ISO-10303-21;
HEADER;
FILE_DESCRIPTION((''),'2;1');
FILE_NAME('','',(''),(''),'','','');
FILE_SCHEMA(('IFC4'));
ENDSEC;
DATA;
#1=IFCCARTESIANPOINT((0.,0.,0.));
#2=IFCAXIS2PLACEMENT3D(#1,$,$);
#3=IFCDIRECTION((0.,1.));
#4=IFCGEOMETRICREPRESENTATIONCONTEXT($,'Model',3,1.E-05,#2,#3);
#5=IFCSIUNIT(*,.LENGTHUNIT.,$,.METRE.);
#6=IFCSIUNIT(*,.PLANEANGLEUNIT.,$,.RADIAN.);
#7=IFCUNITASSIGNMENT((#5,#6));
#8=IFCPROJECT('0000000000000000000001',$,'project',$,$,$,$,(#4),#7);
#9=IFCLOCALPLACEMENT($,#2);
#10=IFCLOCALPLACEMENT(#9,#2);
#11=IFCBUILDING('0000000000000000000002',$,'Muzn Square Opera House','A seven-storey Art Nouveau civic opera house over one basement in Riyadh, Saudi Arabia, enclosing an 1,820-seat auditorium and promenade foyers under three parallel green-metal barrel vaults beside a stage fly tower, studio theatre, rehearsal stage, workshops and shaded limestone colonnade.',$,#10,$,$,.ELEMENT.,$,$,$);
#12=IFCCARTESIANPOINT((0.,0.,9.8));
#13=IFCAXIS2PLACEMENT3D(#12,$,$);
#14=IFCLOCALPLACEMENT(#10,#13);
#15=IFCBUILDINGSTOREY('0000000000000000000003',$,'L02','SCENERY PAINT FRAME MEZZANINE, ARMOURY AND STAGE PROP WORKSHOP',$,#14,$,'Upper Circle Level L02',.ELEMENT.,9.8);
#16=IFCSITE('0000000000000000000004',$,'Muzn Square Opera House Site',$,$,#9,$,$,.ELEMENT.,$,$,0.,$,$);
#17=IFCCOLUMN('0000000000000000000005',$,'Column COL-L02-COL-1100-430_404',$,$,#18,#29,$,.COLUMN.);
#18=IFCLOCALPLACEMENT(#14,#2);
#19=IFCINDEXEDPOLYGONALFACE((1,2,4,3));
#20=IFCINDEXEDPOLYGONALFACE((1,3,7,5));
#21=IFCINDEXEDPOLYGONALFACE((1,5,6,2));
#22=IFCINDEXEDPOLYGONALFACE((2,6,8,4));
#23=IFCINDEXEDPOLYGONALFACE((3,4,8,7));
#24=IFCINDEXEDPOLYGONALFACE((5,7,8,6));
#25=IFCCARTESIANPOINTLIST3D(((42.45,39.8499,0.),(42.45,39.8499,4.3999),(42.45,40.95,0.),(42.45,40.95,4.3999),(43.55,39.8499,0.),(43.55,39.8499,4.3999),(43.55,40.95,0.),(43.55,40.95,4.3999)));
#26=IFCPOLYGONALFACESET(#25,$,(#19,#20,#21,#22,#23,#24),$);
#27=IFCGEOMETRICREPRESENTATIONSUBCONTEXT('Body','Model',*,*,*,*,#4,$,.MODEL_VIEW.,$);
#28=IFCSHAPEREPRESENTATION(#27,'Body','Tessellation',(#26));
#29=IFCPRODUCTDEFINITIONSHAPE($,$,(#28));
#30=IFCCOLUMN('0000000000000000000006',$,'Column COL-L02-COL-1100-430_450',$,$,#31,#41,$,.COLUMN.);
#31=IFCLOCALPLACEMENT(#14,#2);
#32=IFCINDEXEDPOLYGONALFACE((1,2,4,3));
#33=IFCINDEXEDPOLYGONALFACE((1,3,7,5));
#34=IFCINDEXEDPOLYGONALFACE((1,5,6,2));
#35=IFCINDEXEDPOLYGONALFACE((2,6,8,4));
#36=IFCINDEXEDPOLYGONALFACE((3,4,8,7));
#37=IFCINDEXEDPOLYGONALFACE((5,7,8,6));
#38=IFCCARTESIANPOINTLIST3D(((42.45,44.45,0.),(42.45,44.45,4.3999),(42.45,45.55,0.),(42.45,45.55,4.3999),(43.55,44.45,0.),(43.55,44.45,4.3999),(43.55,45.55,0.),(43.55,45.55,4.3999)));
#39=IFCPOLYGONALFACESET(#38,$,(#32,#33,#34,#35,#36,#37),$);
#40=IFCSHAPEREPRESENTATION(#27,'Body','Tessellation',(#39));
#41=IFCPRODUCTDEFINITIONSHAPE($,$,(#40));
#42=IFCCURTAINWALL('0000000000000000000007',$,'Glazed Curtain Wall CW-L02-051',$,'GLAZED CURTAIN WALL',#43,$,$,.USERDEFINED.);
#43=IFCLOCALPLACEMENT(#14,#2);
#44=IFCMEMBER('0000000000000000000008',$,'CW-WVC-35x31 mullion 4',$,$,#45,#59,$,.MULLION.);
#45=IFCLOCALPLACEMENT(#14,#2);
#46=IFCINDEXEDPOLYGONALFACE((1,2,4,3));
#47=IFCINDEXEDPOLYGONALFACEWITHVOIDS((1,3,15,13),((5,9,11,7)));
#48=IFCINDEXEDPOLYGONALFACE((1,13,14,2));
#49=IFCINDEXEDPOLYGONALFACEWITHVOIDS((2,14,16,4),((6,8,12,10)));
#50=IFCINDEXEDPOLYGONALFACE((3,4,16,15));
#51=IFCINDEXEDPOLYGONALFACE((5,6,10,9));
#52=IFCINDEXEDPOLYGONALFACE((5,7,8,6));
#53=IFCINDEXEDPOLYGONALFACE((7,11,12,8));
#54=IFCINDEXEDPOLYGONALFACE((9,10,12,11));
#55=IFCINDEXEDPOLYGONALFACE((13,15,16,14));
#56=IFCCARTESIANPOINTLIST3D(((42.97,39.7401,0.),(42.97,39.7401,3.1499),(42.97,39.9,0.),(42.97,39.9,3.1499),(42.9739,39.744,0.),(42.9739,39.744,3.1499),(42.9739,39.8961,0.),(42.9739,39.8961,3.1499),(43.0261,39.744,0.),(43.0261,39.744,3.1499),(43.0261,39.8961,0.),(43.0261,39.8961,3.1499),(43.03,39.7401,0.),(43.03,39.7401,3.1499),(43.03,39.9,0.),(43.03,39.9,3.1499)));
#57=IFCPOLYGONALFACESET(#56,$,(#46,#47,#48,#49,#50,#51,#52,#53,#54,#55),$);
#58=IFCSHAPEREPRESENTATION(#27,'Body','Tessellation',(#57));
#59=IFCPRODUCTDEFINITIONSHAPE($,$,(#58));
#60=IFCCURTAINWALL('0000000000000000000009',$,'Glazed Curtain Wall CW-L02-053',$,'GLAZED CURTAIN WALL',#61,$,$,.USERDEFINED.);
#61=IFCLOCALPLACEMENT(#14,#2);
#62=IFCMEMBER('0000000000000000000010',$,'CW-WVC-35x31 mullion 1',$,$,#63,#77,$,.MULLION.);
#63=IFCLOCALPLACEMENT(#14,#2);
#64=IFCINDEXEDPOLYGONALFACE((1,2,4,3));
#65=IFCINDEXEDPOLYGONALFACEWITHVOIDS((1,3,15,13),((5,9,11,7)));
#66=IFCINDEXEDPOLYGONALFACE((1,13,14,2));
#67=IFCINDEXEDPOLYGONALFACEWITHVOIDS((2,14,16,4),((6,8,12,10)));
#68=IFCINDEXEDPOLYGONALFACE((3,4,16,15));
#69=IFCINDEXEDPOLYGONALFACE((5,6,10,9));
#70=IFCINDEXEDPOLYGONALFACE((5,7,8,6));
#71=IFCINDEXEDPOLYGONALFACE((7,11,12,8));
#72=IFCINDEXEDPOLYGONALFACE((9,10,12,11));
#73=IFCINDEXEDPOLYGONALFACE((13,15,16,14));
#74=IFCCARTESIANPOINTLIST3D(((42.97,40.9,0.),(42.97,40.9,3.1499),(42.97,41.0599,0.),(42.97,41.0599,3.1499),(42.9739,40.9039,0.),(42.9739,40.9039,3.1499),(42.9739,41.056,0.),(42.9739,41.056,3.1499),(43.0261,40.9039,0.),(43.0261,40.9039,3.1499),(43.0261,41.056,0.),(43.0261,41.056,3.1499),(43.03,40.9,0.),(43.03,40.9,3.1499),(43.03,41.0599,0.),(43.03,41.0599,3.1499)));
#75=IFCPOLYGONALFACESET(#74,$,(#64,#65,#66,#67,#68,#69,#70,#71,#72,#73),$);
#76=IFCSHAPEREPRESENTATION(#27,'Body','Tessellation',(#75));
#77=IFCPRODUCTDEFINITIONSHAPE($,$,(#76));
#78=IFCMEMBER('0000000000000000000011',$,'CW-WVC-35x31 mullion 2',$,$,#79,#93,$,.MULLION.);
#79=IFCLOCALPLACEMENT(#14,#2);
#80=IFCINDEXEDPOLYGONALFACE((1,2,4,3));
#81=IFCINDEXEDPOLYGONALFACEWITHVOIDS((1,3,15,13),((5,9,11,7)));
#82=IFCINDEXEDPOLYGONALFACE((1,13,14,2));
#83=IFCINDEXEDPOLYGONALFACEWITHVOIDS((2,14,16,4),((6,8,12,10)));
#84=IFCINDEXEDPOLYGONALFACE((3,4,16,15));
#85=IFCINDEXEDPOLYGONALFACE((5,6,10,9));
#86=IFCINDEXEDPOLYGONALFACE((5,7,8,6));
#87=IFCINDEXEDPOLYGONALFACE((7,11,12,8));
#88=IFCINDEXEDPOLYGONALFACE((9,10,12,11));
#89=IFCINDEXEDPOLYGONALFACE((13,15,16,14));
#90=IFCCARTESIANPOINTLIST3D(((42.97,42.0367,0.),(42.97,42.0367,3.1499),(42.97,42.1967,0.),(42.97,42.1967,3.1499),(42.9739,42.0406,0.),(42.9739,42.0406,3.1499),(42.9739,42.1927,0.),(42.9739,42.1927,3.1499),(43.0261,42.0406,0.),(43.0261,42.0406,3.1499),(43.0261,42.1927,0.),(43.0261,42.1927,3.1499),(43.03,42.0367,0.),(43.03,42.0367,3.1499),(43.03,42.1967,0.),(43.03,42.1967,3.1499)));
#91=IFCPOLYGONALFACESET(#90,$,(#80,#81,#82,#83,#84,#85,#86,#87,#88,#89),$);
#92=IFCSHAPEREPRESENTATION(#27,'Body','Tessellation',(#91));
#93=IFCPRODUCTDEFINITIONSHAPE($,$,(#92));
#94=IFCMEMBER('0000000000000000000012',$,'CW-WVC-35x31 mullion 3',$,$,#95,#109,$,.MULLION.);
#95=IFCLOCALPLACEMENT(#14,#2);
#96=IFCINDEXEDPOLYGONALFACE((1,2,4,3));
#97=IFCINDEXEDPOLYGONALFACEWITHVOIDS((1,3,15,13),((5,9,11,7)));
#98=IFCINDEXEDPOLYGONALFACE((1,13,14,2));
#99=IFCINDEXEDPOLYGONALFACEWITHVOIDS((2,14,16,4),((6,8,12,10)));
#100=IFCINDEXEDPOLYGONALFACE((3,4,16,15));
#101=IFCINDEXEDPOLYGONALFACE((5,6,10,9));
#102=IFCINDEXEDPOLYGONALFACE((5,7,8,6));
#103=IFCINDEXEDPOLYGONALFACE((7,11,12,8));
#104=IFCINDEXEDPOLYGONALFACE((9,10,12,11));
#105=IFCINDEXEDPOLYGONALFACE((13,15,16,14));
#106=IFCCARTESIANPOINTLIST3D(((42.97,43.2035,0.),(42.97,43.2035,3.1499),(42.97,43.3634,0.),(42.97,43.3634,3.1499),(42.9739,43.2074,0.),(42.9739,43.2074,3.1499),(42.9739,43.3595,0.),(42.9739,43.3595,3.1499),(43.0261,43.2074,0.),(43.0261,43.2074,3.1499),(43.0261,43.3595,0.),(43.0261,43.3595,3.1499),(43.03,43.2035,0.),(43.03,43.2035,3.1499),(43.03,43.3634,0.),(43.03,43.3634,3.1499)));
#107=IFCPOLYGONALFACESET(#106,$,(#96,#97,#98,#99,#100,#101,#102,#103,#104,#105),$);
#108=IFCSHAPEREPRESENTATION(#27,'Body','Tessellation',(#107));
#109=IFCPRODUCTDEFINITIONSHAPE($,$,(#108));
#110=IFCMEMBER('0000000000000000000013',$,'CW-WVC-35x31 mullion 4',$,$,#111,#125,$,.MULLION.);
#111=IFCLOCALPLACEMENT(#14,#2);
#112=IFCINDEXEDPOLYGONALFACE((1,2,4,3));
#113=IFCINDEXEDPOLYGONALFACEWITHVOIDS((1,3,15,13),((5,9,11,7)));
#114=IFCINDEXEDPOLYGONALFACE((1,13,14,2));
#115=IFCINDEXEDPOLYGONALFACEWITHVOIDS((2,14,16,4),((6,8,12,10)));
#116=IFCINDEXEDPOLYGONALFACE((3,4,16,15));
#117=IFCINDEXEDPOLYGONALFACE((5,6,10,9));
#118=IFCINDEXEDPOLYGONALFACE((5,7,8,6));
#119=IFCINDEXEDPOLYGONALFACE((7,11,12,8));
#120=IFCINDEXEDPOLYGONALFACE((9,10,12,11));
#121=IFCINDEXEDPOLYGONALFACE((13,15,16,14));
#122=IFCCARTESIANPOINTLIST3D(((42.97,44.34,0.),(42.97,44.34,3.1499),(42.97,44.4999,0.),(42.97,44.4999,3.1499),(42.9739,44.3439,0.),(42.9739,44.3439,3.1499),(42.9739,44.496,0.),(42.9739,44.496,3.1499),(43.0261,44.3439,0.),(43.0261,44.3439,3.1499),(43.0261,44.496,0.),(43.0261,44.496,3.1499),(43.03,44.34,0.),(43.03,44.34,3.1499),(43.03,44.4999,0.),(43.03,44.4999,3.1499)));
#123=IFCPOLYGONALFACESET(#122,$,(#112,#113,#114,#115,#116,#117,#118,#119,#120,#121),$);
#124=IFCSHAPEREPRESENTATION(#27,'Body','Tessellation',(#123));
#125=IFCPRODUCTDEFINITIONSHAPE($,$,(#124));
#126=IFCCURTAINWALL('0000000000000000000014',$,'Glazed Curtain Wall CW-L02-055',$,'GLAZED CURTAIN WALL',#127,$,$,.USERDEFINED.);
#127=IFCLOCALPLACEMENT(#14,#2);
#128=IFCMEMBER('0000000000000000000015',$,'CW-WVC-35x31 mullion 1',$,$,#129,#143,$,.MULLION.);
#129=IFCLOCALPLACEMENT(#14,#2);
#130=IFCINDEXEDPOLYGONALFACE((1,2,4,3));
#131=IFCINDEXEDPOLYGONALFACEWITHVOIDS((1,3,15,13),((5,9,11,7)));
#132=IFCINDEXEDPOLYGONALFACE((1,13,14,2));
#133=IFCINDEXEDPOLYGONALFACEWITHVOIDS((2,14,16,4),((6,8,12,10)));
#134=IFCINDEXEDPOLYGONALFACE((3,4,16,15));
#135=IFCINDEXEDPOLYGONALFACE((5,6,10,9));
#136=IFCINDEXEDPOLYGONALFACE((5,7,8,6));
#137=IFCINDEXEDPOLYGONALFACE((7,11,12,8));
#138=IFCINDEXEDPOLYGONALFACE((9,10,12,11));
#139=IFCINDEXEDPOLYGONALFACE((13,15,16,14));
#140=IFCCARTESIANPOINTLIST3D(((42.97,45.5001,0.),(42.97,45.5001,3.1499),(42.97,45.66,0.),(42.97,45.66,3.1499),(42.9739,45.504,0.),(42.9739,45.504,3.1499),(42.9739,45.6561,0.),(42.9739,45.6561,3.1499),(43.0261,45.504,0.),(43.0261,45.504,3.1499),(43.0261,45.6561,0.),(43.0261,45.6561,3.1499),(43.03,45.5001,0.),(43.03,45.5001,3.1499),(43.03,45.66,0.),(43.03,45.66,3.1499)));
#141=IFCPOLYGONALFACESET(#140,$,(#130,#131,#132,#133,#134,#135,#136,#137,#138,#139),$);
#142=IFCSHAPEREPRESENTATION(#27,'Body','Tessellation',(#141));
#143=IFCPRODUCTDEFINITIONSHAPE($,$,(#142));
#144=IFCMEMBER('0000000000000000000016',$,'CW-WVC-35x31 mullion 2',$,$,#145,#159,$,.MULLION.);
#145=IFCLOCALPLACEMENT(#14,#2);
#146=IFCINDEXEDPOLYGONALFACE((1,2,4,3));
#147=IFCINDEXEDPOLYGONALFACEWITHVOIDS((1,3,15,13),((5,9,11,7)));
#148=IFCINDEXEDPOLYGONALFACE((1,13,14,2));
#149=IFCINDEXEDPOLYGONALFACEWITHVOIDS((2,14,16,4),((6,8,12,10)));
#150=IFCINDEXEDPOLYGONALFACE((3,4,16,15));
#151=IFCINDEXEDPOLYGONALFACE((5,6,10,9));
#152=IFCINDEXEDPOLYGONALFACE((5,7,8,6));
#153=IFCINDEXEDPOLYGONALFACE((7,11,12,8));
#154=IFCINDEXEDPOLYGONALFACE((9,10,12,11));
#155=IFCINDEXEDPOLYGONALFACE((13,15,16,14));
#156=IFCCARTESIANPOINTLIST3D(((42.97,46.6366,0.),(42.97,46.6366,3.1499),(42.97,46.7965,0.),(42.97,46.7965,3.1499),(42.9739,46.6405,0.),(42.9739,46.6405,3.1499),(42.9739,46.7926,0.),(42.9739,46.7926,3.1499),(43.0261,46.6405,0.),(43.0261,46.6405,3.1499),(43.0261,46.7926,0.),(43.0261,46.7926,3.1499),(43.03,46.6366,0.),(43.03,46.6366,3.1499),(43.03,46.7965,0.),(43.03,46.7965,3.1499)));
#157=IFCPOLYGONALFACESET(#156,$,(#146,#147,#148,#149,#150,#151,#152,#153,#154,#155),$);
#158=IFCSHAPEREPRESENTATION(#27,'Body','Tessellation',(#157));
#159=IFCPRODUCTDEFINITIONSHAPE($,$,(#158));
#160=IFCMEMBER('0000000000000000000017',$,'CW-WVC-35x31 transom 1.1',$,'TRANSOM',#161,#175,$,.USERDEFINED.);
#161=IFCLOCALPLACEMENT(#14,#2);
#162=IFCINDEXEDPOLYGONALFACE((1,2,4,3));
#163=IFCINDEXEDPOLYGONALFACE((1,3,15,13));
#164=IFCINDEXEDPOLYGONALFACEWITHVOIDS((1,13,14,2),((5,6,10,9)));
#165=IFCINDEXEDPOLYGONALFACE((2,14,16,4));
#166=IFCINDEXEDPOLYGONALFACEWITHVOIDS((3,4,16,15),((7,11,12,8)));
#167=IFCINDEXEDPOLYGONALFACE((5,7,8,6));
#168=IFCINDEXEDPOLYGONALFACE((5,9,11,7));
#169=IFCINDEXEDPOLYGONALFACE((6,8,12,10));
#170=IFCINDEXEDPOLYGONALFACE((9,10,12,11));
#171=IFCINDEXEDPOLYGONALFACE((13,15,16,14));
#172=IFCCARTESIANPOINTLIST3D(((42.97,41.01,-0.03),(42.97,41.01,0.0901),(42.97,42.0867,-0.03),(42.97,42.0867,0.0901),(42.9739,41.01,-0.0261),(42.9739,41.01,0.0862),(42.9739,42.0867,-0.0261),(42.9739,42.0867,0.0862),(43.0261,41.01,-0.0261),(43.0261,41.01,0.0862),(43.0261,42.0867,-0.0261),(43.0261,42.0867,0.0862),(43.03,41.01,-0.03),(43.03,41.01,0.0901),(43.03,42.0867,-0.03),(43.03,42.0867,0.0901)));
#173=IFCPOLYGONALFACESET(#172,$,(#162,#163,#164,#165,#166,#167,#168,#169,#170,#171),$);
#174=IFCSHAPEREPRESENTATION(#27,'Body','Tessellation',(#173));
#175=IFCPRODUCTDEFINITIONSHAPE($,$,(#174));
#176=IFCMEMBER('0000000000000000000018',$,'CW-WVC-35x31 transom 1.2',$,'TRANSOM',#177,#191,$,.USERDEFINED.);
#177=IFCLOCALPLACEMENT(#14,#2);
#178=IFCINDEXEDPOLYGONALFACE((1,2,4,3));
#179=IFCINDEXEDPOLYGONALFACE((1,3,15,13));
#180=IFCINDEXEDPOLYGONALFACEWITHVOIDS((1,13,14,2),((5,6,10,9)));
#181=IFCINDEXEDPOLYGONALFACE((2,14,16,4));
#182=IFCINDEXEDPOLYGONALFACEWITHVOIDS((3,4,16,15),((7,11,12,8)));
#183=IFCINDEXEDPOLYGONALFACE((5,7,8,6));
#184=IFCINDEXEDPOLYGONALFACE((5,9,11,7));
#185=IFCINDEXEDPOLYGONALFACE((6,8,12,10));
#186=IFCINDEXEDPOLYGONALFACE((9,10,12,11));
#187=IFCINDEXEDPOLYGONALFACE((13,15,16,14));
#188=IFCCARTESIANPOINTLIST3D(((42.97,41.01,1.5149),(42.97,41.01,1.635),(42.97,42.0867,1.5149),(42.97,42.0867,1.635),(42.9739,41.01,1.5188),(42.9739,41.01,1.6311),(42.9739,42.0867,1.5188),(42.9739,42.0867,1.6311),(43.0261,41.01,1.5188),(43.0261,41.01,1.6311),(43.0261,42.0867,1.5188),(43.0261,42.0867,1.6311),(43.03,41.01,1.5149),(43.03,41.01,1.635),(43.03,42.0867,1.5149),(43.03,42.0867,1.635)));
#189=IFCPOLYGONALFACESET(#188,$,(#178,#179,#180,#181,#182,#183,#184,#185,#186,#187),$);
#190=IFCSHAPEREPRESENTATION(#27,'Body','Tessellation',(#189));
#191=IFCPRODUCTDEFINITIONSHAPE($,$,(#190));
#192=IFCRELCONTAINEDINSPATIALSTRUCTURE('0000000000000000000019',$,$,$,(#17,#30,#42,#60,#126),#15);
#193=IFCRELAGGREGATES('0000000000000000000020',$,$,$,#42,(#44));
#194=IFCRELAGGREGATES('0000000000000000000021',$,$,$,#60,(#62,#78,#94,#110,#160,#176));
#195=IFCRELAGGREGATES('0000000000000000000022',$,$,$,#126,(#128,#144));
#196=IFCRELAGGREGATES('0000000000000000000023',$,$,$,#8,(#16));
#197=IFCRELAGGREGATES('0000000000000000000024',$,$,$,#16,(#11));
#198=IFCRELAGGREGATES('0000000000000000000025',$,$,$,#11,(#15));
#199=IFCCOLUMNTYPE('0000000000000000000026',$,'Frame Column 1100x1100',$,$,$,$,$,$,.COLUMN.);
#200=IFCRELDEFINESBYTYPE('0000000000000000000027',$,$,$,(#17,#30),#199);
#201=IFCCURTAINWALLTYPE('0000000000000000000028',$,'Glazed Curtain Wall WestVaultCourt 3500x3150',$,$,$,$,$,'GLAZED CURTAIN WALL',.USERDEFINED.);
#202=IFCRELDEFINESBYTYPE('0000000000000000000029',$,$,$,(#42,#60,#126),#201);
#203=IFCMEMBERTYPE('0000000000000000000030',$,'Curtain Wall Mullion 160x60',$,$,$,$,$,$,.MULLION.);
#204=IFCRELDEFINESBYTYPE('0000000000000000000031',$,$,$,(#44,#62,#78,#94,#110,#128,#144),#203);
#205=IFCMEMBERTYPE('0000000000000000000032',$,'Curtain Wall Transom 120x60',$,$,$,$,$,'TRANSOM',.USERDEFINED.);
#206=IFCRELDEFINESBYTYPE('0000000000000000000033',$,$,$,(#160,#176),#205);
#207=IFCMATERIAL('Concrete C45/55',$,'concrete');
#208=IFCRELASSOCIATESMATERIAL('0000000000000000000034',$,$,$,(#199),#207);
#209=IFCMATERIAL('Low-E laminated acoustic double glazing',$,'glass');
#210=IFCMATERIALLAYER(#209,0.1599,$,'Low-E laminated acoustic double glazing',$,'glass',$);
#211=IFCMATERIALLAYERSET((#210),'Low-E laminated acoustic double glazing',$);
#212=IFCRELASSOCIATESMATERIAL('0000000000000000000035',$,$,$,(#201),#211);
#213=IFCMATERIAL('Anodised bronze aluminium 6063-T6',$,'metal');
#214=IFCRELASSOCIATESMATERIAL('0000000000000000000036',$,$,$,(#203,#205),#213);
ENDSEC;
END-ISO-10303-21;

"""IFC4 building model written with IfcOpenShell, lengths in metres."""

from ifc_helpers import new_model, si_unit, direction, frame, origin, origin_2d, place, context, subcontext, project, spatial, rectangle, hollow_rectangle, extrude, material, layer, layer_set, material_profile, profile_set, type_object, element, aggregate, save


model = new_model("IFC4")

# Units and contexts
model_context = context("Model", 3, precision=1e-05, world=origin(), true_north=direction((0.0, 1.0)))
body_context = subcontext(model_context, "Body", "Model", "MODEL_VIEW")
ifc_project = project(units=[si_unit("LENGTHUNIT", "METRE"), si_unit("PLANEANGLEUNIT", "RADIAN")], contexts=[model_context])

# Site, building, storey
site_placement = place(None, origin())
site = spatial("IfcSite", under=ifc_project, at=site_placement, Name="Muzn Square Opera House Site", CompositionType="ELEMENT", RefElevation=0.0)
building_placement = place(site_placement, origin())
building = spatial("IfcBuilding", under=site, at=building_placement, Name="Muzn Square Opera House", Description="A seven-storey Art Nouveau civic opera house over one basement in Riyadh, Saudi Arabia, enclosing an 1,820-seat auditorium and promenade foyers under three parallel green-metal barrel vaults beside a stage fly tower, studio theatre, rehearsal stage, workshops and shaded limestone colonnade.", CompositionType="ELEMENT")
storey_placement = place(building_placement, frame((0.0, 0.0, 9.8)))
storey = spatial("IfcBuildingStorey", under=building, at=storey_placement, Name="L02", Description="SCENERY PAINT FRAME MEZZANINE, ARMOURY AND STAGE PROP WORKSHOP", LongName="Upper Circle Level L02", CompositionType="ELEMENT", Elevation=9.8)

# Columns
ifc_material_1 = material(Name="Concrete C45/55", Category="concrete")
ifc_material_profile_1 = material_profile(ifc_material_1, rectangle(XDim=1.1001, YDim=1.1001, at=origin_2d()), Name="RC 1100x1100", Category="concrete")
ifc_profile_set_1 = profile_set([ifc_material_profile_1], Name="Concrete C45/55")
column_type = type_object("IfcColumnType", Name="Frame Column 1100x1100", PredefinedType="COLUMN", material=ifc_profile_set_1)
for number, where, z_axis, x_axis, name in (
    (1, (43.0, 40.3999, 0.0), (0.0, 0.0, 1.0), (1.0, 0.0, 0.0), "Column COL-L02-COL-1100-430_404"),
    (2, (43.0, 45.0, 0.0), (0.0, 0.0, 1.0), (1.0, 0.0, 0.0), "Column COL-L02-COL-1100-430_450"),
):
    element("IfcColumn", number, at=place(storey_placement, frame(where, z_axis=z_axis, x_axis=x_axis)), inside=storey, type_object=column_type, Name=name, PredefinedType="COLUMN", context=body_context, shape_type="SweptSolid", body=[
        extrude(rectangle(XDim=1.1001, YDim=1.1001, at=origin_2d()), origin(), (0.0, 0.0, 1.0), 4.3999),
    ])

# Curtain wall, member
ifc_material_2 = material(Name="Low-E laminated acoustic double glazing", Category="glass")
ifc_layer_1 = layer(ifc_material_2, 0.1599, Name="Low-E laminated acoustic double glazing", Category="glass")
ifc_layer_set_1 = layer_set([ifc_layer_1], Name="Low-E laminated acoustic double glazing")
curtain_wall_type = type_object("IfcCurtainWallType", Name="Glazed Curtain Wall WestVaultCourt 3500x3150", ElementType="GLAZED CURTAIN WALL", PredefinedType="USERDEFINED", material=ifc_layer_set_1)
curtain_wall_1_placement = place(storey_placement, origin())
curtain_wall_1 = element("IfcCurtainWall", 3, at=curtain_wall_1_placement, inside=storey, type_object=curtain_wall_type, Name="Glazed Curtain Wall CW-L02-051", ObjectType="GLAZED CURTAIN WALL", PredefinedType="USERDEFINED")
ifc_material_3 = material(Name="Anodised bronze aluminium 6063-T6", Category="metal")
ifc_material_profile_2 = material_profile(ifc_material_3, hollow_rectangle(XDim=0.0601, YDim=0.1599, WallThickness=0.0039, at=origin_2d()), Name="ALU 160x60x4", Category="metal")
ifc_profile_set_2 = profile_set([ifc_material_profile_2], Name="Anodised bronze aluminium 6063-T6")
member_type_1 = type_object("IfcMemberType", Name="Curtain Wall Mullion 160x60", PredefinedType="MULLION", material=ifc_profile_set_2)
member_1_placement = place(storey_placement, frame((43.0, 39.8201, 0.0), z_axis=(0.0, 0.0, 1.0), x_axis=(-1.0, 0.0, 0.0)))
member_1 = element("IfcMember", 4, at=member_1_placement, type_object=member_type_1, Name="CW-WVC-35x31 mullion 4", PredefinedType="MULLION", context=body_context, shape_type="SweptSolid", body=[
    extrude(hollow_rectangle(XDim=0.0601, YDim=0.1599, WallThickness=0.0039, at=origin_2d()), origin(), (0.0, 0.0, 1.0), 3.1499),
])

# Curtain walls, members
curtain_wall_2_placement = place(storey_placement, origin())
curtain_wall_2 = element("IfcCurtainWall", 5, at=curtain_wall_2_placement, inside=storey, type_object=curtain_wall_type, Name="Glazed Curtain Wall CW-L02-053", ObjectType="GLAZED CURTAIN WALL", PredefinedType="USERDEFINED")
member_2_placement = place(storey_placement, frame((43.0, 40.98, 0.0), z_axis=(0.0, 0.0, 1.0), x_axis=(-1.0, 0.0, 0.0)))
member_2 = element("IfcMember", 6, at=member_2_placement, type_object=member_type_1, Name="CW-WVC-35x31 mullion 1", PredefinedType="MULLION", context=body_context, shape_type="SweptSolid", body=[
    extrude(hollow_rectangle(XDim=0.0601, YDim=0.1599, WallThickness=0.0039, at=origin_2d()), origin(), (0.0, 0.0, 1.0), 3.1499),
])
member_3_placement = place(storey_placement, frame((43.0, 42.1167, 0.0), z_axis=(0.0, 0.0, 1.0), x_axis=(-1.0, 0.0, 0.0)))
member_3 = element("IfcMember", 7, at=member_3_placement, type_object=member_type_1, Name="CW-WVC-35x31 mullion 2", PredefinedType="MULLION", context=body_context, shape_type="SweptSolid", body=[
    extrude(hollow_rectangle(XDim=0.0601, YDim=0.1599, WallThickness=0.0039, at=origin_2d()), origin(), (0.0, 0.0, 1.0), 3.1499),
])
member_4_placement = place(storey_placement, frame((43.0, 43.2834, 0.0), z_axis=(0.0, 0.0, 1.0), x_axis=(-1.0, 0.0, 0.0)))
member_4 = element("IfcMember", 8, at=member_4_placement, type_object=member_type_1, Name="CW-WVC-35x31 mullion 3", PredefinedType="MULLION", context=body_context, shape_type="SweptSolid", body=[
    extrude(hollow_rectangle(XDim=0.0601, YDim=0.1599, WallThickness=0.0039, at=origin_2d()), origin(), (0.0, 0.0, 1.0), 3.1499),
])
member_5_placement = place(storey_placement, frame((43.0, 44.4199, 0.0), z_axis=(0.0, 0.0, 1.0), x_axis=(-1.0, 0.0, 0.0)))
member_5 = element("IfcMember", 9, at=member_5_placement, type_object=member_type_1, Name="CW-WVC-35x31 mullion 4", PredefinedType="MULLION", context=body_context, shape_type="SweptSolid", body=[
    extrude(hollow_rectangle(XDim=0.0601, YDim=0.1599, WallThickness=0.0039, at=origin_2d()), origin(), (0.0, 0.0, 1.0), 3.1499),
])
curtain_wall_3_placement = place(storey_placement, origin())
curtain_wall_3 = element("IfcCurtainWall", 10, at=curtain_wall_3_placement, inside=storey, type_object=curtain_wall_type, Name="Glazed Curtain Wall CW-L02-055", ObjectType="GLAZED CURTAIN WALL", PredefinedType="USERDEFINED")
member_6_placement = place(storey_placement, frame((43.0, 45.5801, 0.0), z_axis=(0.0, 0.0, 1.0), x_axis=(-1.0, 0.0, 0.0)))
member_6 = element("IfcMember", 11, at=member_6_placement, type_object=member_type_1, Name="CW-WVC-35x31 mullion 1", PredefinedType="MULLION", context=body_context, shape_type="SweptSolid", body=[
    extrude(hollow_rectangle(XDim=0.0601, YDim=0.1599, WallThickness=0.0039, at=origin_2d()), origin(), (0.0, 0.0, 1.0), 3.1499),
])
member_7_placement = place(storey_placement, frame((43.0, 46.7166, 0.0), z_axis=(0.0, 0.0, 1.0), x_axis=(-1.0, 0.0, 0.0)))
member_7 = element("IfcMember", 12, at=member_7_placement, type_object=member_type_1, Name="CW-WVC-35x31 mullion 2", PredefinedType="MULLION", context=body_context, shape_type="SweptSolid", body=[
    extrude(hollow_rectangle(XDim=0.0601, YDim=0.1599, WallThickness=0.0039, at=origin_2d()), origin(), (0.0, 0.0, 1.0), 3.1499),
])

# Members
ifc_material_profile_3 = material_profile(ifc_material_3, hollow_rectangle(XDim=0.0601, YDim=0.1201, WallThickness=0.0039, at=origin_2d()), Name="ALU 120x60x4", Category="metal")
ifc_profile_set_3 = profile_set([ifc_material_profile_3], Name="Anodised bronze aluminium 6063-T6")
member_type_2 = type_object("IfcMemberType", Name="Curtain Wall Transom 120x60", ElementType="TRANSOM", PredefinedType="USERDEFINED", material=ifc_profile_set_3)
member_8_placement = place(storey_placement, frame((43.0, 41.01, 0.03), z_axis=(0.0, 1.0, 0.0), x_axis=(-1.0, 0.0, 0.0)))
member_8 = element("IfcMember", 13, at=member_8_placement, type_object=member_type_2, Name="CW-WVC-35x31 transom 1.1", ObjectType="TRANSOM", PredefinedType="USERDEFINED", context=body_context, shape_type="SweptSolid", body=[
    extrude(hollow_rectangle(XDim=0.0601, YDim=0.1201, WallThickness=0.0039, at=origin_2d()), origin(), (0.0, 0.0, 1.0), 1.0767),
])
member_9_placement = place(storey_placement, frame((43.0, 41.01, 1.575), z_axis=(0.0, 1.0, 0.0), x_axis=(-1.0, 0.0, 0.0)))
member_9 = element("IfcMember", 14, at=member_9_placement, type_object=member_type_2, Name="CW-WVC-35x31 transom 1.2", ObjectType="TRANSOM", PredefinedType="USERDEFINED", context=body_context, shape_type="SweptSolid", body=[
    extrude(hollow_rectangle(XDim=0.0601, YDim=0.1201, WallThickness=0.0039, at=origin_2d()), origin(), (0.0, 0.0, 1.0), 1.0767),
])

aggregate(curtain_wall_1, [member_1])
aggregate(curtain_wall_2, [member_2, member_3, member_4, member_5, member_8, member_9])
aggregate(curtain_wall_3, [member_6, member_7])

save(model, "model.ifc")
